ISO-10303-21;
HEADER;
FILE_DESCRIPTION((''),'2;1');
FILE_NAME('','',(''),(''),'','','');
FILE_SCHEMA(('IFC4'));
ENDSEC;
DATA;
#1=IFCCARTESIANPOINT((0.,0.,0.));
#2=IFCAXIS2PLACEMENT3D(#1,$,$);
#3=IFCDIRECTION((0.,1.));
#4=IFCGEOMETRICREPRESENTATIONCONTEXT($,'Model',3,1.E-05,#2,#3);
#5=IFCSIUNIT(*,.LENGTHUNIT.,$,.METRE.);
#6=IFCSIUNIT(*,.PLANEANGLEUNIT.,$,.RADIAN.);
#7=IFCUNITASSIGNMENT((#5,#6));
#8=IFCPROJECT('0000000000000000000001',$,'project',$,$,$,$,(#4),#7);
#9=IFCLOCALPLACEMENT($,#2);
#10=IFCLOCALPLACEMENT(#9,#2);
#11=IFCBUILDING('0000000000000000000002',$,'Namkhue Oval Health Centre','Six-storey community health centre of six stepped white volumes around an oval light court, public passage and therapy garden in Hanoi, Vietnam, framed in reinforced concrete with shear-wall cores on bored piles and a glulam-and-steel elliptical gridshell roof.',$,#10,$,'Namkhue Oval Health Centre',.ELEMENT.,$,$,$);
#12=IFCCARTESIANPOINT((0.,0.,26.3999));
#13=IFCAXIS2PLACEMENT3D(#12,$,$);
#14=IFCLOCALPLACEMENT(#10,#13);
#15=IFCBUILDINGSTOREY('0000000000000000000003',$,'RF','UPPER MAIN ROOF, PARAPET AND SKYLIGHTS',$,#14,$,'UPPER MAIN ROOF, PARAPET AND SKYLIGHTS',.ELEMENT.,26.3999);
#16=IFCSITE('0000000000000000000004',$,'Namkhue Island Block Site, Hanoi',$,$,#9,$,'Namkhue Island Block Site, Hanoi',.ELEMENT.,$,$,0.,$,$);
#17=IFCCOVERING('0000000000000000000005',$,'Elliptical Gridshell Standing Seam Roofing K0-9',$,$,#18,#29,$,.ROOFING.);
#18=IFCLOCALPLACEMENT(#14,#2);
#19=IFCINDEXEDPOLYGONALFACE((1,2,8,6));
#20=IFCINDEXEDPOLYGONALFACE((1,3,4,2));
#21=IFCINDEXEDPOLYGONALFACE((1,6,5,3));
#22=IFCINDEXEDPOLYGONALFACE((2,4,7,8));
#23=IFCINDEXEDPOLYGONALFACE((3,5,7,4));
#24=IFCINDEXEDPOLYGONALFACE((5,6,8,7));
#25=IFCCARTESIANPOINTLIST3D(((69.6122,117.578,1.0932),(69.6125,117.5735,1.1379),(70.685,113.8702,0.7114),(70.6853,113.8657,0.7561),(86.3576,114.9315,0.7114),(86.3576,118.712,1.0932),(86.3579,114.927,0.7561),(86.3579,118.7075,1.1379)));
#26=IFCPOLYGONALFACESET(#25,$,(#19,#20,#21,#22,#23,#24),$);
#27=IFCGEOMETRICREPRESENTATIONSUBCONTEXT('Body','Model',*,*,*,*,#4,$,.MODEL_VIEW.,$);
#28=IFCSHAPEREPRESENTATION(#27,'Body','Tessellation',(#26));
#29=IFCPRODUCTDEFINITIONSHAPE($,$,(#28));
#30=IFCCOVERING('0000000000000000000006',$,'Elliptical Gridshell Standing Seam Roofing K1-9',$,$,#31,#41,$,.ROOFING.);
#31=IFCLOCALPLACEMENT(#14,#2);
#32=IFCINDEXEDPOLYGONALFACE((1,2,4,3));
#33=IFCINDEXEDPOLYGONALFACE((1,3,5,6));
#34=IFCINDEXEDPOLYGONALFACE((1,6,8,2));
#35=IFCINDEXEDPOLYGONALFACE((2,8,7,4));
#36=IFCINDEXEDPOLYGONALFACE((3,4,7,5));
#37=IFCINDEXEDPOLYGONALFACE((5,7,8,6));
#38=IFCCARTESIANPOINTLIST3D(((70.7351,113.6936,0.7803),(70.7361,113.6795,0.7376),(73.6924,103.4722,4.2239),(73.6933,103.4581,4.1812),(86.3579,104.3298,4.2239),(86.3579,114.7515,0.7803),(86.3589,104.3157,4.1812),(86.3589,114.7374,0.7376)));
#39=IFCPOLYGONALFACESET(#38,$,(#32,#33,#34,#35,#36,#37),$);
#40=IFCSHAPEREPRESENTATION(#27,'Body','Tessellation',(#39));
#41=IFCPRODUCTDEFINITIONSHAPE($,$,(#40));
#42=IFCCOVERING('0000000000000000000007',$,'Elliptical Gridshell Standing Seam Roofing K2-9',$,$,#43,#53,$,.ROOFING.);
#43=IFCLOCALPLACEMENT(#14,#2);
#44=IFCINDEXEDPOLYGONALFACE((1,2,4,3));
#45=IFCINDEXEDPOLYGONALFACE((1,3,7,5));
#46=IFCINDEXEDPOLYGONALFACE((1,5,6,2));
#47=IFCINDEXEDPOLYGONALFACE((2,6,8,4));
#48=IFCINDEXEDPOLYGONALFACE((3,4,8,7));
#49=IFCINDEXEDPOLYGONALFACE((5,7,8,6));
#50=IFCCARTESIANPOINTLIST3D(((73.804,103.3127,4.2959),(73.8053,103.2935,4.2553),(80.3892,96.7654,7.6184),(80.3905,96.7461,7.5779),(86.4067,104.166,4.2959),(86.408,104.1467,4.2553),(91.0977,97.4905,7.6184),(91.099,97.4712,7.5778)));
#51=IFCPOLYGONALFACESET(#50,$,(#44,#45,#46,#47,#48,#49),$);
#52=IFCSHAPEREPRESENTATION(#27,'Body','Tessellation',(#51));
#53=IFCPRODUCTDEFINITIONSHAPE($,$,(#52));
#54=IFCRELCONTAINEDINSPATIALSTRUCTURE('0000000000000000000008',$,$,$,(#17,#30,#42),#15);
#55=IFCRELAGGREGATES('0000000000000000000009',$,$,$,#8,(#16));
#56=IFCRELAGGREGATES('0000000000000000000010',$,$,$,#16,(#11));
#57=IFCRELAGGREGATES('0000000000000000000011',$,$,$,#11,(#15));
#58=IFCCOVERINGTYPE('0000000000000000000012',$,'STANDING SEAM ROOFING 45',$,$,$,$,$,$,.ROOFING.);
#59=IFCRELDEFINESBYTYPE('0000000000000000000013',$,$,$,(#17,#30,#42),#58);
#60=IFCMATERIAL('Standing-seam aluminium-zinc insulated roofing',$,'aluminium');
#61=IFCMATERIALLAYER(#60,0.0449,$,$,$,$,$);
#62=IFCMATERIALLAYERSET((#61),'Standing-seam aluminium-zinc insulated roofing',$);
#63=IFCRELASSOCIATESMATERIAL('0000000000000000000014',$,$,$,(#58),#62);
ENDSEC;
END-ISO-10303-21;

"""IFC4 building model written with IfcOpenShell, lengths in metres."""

from ifc_helpers import new_model, si_unit, direction, frame, origin, place, context, subcontext, project, spatial, polyline, outline, extrude, material, layer, layer_set, type_object, element, save


model = new_model("IFC4")

# Units and contexts
model_context = context("Model", 3, precision=1e-05, world=origin(), true_north=direction((0.0, 1.0)))
body_context = subcontext(model_context, "Body", "Model", "MODEL_VIEW")
ifc_project = project(units=[si_unit("LENGTHUNIT", "METRE"), si_unit("PLANEANGLEUNIT", "RADIAN")], contexts=[model_context])

# Site, building, storey
site_placement = place(None, origin())
site = spatial("IfcSite", under=ifc_project, at=site_placement, Name="Namkhue Island Block Site, Hanoi", LongName="Namkhue Island Block Site, Hanoi", CompositionType="ELEMENT", RefElevation=0.0)
building_placement = place(site_placement, origin())
building = spatial("IfcBuilding", under=site, at=building_placement, Name="Namkhue Oval Health Centre", Description="Six-storey community health centre of six stepped white volumes around an oval light court, public passage and therapy garden in Hanoi, Vietnam, framed in reinforced concrete with shear-wall cores on bored piles and a glulam-and-steel elliptical gridshell roof.", LongName="Namkhue Oval Health Centre", CompositionType="ELEMENT")
storey_placement = place(building_placement, frame((0.0, 0.0, 26.3999)))
storey = spatial("IfcBuildingStorey", under=building, at=storey_placement, Name="RF", Description="UPPER MAIN ROOF, PARAPET AND SKYLIGHTS", LongName="UPPER MAIN ROOF, PARAPET AND SKYLIGHTS", CompositionType="ELEMENT", Elevation=26.3999)

# Coverings
ifc_material_1 = material(Name="Standing-seam aluminium-zinc insulated roofing", Category="aluminium")
ifc_layer_1 = layer(ifc_material_1, 0.0449)
ifc_layer_set_1 = layer_set([ifc_layer_1], Name="Standing-seam aluminium-zinc insulated roofing")
covering_type_1 = type_object("IfcCoveringType", Name="STANDING SEAM ROOFING 45", PredefinedType="ROOFING", material=ifc_layer_set_1)
covering_1_placement = place(storey_placement, frame((86.3579, 118.7075, 1.1379), z_axis=(0.006805, -0.100489, 0.994915), x_axis=(-0.997715, -0.067567, 0.0)))
element("IfcCovering", 1, at=covering_1_placement, inside=storey, type_object=covering_type_1, Name="Elliptical Gridshell Standing Seam Roofing K0-9", PredefinedType="ROOFING", context=body_context, shape_type="SweptSolid", body=[
    extrude(outline(polyline([(0.0, 0.0), (16.7837, 0.0), (15.9639, 3.7911), (0.2554, 3.7912), (0.0, 0.0)])), origin(), (0.0, 0.0, -1.0), 0.0449),
])
covering_2_placement = place(storey_placement, frame((86.3579, 114.7515, 0.7803), z_axis=(-0.02124, 0.313673, 0.949294), x_axis=(-0.997715, -0.067558, -0.000001)))
element("IfcCovering", 2, at=covering_2_placement, inside=storey, type_object=covering_type_1, Name="Elliptical Gridshell Standing Seam Roofing K1-9", PredefinedType="ROOFING", context=body_context, shape_type="SweptSolid", body=[
    extrude(outline(polyline([(0.0, 0.0), (15.6586, 0.0), (13.3986, 10.9533), (0.7041, 10.9532), (0.0, 0.0)])), origin(), (0.0, 0.0, -1.0), 0.0449),
])
covering_3_placement = place(storey_placement, frame((86.4067, 104.166, 4.2959), z_axis=(-0.029044, 0.428954, 0.902859), x_axis=(-0.997716, -0.067551, -0.000001)))
element("IfcCovering", 3, at=covering_3_placement, inside=storey, type_object=covering_type_1, Name="Elliptical Gridshell Standing Seam Roofing K2-9", PredefinedType="ROOFING", context=body_context, shape_type="SweptSolid", body=[
    extrude(outline(polyline([(0.0, 0.0), (12.6316, 0.0), (6.5037, 7.7279), (-4.2293, 7.7279), (0.0, 0.0)])), origin(), (0.0, 0.0, -1.0), 0.0449),
])

save(model, "model.ifc")
